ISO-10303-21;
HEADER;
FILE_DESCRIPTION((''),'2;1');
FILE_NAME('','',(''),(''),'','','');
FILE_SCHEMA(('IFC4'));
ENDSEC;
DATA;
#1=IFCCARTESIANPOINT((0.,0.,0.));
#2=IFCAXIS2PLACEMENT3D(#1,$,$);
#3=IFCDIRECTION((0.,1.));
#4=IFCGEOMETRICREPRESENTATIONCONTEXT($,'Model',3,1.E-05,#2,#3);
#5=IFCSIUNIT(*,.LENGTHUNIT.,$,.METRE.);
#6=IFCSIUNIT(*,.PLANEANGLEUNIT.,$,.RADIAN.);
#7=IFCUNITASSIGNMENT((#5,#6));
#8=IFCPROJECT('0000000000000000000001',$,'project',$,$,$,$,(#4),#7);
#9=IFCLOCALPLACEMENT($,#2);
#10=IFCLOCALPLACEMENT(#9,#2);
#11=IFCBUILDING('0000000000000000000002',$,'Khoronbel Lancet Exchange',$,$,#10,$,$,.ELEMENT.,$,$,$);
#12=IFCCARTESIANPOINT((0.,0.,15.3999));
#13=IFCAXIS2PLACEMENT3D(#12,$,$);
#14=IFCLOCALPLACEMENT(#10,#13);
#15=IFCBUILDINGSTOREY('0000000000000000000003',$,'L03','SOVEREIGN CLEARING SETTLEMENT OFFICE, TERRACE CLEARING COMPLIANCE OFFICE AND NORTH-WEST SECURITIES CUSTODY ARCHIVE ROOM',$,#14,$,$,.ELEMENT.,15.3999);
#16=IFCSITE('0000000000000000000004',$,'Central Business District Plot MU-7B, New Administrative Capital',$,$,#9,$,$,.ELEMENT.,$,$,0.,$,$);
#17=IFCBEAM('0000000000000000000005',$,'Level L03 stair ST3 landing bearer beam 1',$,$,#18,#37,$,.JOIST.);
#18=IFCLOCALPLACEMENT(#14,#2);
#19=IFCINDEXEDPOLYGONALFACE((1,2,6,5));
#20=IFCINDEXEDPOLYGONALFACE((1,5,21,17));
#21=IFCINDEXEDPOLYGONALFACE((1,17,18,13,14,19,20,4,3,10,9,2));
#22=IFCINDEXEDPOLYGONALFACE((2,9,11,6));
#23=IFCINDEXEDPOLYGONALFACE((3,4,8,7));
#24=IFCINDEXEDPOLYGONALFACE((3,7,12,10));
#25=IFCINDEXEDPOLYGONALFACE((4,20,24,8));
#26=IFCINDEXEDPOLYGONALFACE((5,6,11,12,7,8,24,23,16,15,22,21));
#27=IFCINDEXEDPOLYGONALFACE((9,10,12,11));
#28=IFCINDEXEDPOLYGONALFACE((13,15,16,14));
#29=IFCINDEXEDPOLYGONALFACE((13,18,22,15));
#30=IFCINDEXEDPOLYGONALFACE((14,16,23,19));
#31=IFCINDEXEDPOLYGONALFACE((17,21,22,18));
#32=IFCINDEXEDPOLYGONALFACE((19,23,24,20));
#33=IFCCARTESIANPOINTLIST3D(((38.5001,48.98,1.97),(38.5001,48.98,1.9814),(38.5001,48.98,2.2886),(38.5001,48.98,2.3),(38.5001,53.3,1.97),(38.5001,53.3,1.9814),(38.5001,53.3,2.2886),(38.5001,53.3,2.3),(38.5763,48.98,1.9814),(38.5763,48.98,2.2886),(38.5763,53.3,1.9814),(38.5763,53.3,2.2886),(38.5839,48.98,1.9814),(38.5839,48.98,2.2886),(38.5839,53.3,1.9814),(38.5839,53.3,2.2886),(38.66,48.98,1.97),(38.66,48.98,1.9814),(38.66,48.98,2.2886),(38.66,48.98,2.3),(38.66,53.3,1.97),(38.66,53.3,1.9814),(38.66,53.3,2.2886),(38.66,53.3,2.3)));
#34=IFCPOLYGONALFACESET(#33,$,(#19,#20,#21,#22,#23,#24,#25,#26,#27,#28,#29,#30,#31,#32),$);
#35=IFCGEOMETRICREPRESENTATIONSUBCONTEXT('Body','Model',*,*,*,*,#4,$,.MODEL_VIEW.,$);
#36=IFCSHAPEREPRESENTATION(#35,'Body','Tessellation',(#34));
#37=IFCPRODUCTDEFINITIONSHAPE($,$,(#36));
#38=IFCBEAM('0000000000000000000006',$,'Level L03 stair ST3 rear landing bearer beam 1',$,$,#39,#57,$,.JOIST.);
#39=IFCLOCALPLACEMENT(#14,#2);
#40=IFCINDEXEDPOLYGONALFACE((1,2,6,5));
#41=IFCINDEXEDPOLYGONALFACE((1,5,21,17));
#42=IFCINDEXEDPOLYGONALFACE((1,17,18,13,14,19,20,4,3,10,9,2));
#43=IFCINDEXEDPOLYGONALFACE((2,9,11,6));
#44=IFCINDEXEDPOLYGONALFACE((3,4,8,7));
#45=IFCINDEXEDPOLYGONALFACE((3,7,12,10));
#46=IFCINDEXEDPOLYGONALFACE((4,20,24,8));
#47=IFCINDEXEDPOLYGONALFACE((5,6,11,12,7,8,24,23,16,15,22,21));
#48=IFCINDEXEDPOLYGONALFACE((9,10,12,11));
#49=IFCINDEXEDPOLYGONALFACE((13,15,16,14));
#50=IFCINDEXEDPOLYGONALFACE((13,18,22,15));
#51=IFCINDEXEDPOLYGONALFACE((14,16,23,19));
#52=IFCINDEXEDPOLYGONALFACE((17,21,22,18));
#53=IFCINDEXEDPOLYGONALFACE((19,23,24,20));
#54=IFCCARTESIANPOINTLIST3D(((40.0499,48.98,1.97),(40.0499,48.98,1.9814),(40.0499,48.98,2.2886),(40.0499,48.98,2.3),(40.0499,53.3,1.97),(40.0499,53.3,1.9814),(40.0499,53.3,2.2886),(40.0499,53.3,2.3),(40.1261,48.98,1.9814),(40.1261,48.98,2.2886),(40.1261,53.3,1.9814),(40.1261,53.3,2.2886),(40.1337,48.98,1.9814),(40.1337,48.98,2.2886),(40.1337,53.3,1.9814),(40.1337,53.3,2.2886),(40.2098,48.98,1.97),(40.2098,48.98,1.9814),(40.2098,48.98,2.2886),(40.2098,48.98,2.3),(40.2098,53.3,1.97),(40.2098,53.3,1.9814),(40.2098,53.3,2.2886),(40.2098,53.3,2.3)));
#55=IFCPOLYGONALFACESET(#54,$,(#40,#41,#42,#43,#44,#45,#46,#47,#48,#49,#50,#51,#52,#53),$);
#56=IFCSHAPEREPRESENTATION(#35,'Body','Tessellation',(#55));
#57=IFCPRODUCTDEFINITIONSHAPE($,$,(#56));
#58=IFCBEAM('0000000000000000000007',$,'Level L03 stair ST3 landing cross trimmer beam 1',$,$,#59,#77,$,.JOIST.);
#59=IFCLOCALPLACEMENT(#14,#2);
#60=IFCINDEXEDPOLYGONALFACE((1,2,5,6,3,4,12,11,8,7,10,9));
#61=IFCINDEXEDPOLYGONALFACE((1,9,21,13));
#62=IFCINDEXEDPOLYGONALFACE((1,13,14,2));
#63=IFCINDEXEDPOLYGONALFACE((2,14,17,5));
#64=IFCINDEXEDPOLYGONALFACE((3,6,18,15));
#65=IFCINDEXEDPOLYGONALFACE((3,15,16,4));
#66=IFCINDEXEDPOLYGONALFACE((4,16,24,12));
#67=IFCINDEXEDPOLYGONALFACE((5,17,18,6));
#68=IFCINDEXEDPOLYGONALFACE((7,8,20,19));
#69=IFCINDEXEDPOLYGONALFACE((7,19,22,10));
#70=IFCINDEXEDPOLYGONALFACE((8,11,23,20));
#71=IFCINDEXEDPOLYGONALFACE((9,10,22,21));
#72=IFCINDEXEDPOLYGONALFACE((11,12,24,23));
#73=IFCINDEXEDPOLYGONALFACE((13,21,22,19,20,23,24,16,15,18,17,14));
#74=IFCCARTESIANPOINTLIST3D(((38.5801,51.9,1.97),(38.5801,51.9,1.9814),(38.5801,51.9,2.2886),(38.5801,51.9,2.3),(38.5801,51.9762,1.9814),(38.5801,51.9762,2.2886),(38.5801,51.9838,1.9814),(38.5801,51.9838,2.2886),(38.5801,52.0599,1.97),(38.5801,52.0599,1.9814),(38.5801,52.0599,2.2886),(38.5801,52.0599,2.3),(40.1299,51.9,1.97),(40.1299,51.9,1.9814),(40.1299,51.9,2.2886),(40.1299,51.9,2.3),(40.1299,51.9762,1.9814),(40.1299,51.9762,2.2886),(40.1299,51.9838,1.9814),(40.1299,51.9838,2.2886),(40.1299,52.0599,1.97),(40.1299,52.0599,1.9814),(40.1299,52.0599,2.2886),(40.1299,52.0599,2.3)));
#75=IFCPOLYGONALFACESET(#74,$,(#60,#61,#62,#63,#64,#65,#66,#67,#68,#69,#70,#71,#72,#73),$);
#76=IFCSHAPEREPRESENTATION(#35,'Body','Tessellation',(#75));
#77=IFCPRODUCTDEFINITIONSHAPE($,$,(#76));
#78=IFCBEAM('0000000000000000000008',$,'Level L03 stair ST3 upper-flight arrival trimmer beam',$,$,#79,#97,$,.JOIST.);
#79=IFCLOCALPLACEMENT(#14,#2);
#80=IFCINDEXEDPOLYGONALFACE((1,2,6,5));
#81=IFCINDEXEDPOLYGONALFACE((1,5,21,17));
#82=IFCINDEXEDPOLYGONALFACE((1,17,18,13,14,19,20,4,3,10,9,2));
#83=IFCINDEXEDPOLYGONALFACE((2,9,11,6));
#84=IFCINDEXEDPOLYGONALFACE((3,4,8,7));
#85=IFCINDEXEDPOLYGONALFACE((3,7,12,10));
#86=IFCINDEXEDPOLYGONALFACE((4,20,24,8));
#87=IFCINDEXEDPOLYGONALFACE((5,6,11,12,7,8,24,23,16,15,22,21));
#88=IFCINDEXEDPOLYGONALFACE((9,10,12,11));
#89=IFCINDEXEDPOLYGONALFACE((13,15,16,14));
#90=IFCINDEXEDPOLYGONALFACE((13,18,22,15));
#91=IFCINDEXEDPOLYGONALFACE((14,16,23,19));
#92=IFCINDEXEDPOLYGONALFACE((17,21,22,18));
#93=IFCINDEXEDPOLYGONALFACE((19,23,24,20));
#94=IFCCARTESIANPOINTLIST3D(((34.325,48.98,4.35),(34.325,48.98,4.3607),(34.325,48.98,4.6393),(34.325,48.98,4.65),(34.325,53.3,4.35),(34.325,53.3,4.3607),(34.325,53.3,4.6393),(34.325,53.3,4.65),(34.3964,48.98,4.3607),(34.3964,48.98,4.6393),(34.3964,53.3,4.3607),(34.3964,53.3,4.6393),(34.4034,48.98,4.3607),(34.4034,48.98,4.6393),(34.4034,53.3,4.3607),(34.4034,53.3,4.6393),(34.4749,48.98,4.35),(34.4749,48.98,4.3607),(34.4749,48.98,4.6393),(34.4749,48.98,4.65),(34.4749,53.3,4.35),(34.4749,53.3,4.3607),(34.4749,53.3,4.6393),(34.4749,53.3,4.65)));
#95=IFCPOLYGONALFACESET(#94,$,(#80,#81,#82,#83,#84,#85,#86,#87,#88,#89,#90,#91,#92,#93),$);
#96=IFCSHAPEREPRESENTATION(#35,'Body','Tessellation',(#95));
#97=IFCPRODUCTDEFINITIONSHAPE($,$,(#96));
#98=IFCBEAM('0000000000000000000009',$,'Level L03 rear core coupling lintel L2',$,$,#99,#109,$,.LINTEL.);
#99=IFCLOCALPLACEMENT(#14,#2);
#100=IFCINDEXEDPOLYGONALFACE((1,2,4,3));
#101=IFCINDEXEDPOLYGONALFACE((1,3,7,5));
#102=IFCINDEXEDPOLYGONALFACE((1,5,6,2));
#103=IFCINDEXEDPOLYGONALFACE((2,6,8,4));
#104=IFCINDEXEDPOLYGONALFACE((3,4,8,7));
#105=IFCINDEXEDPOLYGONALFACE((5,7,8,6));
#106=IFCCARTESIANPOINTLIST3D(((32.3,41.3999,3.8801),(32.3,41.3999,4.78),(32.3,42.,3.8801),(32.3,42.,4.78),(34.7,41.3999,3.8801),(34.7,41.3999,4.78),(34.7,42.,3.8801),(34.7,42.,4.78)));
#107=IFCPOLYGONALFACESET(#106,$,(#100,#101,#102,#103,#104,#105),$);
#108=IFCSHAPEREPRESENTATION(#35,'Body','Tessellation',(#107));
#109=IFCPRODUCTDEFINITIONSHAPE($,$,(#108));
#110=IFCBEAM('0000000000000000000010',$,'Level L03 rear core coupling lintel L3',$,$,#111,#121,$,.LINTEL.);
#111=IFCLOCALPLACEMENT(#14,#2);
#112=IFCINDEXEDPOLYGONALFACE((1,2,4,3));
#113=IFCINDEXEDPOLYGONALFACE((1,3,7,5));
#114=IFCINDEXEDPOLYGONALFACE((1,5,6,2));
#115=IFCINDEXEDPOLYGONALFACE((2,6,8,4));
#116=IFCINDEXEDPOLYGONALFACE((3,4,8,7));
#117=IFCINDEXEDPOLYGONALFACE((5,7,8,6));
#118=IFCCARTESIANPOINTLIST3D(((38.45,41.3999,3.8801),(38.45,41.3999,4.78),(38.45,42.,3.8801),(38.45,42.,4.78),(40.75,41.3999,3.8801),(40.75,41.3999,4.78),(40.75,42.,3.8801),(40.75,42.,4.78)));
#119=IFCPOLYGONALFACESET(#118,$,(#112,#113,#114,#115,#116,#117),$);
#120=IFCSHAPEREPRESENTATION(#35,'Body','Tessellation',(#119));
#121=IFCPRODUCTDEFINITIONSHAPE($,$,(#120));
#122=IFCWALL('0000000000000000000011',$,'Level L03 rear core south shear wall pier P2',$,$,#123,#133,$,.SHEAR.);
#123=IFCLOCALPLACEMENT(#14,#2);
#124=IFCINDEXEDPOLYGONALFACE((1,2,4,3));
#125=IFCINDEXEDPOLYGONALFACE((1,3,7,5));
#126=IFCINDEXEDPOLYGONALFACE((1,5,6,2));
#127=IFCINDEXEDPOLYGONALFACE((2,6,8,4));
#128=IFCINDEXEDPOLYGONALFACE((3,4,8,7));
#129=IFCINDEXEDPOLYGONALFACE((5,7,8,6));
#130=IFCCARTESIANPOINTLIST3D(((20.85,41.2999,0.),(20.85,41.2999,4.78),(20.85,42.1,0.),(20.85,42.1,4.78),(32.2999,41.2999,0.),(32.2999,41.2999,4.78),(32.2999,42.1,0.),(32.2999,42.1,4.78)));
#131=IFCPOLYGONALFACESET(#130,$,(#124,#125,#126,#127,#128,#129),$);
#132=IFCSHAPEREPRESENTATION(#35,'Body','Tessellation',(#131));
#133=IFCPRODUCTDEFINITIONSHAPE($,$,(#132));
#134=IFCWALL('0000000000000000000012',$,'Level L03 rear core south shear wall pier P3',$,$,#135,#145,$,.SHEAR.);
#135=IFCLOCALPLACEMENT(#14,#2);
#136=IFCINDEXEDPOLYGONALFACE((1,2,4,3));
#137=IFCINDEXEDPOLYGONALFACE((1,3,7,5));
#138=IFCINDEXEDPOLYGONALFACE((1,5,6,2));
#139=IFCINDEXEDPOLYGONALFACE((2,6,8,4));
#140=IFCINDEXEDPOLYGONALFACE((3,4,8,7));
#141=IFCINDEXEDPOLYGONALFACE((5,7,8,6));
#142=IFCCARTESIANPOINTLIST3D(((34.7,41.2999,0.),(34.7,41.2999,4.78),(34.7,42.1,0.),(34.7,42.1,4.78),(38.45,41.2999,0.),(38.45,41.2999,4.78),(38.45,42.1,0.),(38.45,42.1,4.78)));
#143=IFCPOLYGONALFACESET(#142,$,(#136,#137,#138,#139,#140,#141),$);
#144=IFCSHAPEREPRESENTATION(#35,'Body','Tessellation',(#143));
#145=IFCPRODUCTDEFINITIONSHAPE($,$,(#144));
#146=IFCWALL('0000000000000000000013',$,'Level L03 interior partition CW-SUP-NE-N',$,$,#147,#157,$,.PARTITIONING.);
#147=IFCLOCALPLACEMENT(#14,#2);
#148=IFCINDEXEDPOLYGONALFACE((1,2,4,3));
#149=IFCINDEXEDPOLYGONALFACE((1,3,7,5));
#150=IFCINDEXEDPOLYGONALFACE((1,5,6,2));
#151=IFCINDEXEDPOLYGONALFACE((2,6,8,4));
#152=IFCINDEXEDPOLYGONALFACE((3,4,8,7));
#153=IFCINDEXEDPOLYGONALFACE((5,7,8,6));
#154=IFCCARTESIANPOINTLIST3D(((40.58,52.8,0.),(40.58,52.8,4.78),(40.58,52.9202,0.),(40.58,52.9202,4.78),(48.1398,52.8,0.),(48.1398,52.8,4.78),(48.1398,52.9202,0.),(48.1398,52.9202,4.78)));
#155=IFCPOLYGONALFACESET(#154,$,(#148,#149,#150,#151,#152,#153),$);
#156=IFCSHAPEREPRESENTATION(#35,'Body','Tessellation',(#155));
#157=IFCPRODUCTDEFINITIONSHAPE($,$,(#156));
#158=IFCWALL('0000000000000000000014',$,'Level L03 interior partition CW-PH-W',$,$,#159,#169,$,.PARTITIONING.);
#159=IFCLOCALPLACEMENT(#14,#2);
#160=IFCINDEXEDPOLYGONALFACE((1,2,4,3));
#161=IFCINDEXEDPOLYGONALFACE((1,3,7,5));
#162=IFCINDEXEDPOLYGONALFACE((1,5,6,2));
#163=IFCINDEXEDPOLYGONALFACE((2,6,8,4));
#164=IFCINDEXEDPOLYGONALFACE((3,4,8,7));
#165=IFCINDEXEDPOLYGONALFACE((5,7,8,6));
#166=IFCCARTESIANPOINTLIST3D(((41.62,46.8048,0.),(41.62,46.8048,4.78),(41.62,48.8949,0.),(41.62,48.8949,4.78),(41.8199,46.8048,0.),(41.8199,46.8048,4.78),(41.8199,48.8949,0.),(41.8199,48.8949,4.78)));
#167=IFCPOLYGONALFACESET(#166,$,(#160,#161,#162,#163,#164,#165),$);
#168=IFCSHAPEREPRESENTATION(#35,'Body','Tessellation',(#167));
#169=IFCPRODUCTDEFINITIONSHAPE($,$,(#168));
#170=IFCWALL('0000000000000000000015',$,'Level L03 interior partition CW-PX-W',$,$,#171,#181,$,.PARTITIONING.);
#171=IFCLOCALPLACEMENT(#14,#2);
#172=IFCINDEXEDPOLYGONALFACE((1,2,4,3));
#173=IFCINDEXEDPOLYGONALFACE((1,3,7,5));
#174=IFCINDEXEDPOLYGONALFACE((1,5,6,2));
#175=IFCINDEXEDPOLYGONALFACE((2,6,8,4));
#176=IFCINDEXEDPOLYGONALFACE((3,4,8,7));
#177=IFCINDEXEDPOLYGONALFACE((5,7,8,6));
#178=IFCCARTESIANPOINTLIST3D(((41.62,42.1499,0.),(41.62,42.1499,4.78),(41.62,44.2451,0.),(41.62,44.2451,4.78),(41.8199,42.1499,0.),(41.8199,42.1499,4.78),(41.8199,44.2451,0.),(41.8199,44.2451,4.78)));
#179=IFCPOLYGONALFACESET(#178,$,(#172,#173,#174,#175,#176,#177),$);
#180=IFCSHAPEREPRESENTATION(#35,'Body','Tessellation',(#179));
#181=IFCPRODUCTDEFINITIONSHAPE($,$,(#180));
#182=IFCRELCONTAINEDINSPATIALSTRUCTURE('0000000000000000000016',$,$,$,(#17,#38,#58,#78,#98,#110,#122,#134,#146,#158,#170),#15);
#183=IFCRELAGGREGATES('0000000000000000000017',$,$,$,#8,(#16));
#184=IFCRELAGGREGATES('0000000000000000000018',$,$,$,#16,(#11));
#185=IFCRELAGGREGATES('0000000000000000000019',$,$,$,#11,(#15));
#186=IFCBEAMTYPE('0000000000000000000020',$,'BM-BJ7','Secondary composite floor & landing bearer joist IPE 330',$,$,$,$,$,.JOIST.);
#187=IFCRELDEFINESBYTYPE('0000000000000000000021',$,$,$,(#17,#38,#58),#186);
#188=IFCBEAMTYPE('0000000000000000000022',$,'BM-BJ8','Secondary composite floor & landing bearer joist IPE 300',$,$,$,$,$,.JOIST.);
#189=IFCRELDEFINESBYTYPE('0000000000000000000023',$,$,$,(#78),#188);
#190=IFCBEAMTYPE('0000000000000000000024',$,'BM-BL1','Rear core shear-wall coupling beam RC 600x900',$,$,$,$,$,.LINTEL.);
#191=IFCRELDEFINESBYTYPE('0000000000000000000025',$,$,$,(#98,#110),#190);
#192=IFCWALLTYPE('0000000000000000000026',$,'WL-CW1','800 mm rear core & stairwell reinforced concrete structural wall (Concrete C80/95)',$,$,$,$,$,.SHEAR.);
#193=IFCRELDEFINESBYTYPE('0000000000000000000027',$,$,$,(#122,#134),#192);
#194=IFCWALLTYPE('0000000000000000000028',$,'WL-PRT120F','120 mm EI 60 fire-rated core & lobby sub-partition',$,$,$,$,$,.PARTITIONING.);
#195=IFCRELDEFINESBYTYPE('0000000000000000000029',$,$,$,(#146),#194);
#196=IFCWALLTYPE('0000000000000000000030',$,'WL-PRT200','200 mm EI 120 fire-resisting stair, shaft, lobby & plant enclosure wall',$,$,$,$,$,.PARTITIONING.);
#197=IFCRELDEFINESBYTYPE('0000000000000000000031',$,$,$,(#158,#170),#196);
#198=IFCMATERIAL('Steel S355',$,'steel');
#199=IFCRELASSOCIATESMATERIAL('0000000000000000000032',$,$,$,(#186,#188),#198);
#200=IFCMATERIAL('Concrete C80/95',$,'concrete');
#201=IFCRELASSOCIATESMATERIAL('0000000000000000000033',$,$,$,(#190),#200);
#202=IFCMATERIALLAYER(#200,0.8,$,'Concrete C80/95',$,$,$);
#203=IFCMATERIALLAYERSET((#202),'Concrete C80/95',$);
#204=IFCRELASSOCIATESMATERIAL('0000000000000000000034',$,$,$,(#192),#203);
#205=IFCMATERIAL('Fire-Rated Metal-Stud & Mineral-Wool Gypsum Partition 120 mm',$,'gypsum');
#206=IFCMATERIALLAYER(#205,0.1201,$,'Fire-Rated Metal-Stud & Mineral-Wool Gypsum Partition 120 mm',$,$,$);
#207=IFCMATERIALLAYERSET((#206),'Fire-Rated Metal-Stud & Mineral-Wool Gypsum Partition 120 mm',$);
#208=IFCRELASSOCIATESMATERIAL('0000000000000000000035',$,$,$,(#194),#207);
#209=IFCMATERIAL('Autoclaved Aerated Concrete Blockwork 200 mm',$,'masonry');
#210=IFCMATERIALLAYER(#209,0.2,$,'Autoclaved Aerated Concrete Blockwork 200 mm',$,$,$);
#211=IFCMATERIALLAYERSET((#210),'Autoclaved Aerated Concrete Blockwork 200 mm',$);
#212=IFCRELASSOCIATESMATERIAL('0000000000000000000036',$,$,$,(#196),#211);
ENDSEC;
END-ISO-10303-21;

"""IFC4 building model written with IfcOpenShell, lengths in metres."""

from ifc_helpers import new_model, si_unit, direction, frame, frame_2d, origin, origin_2d, place, context, subcontext, project, spatial, rectangle, i_section, extrude, material, layer, layer_set, material_profile, profile_set, type_object, element, save


model = new_model("IFC4")

# Units and contexts
model_context = context("Model", 3, precision=1e-05, world=origin(), true_north=direction((0.0, 1.0)))
body_context = subcontext(model_context, "Body", "Model", "MODEL_VIEW")
ifc_project = project(units=[si_unit("LENGTHUNIT", "METRE"), si_unit("PLANEANGLEUNIT", "RADIAN")], contexts=[model_context])

# Site, building, storey
site_placement = place(None, origin())
site = spatial("IfcSite", under=ifc_project, at=site_placement, Name="Central Business District Plot MU-7B, New Administrative Capital", CompositionType="ELEMENT", RefElevation=0.0)
building_placement = place(site_placement, origin())
building = spatial("IfcBuilding", under=site, at=building_placement, Name="Khoronbel Lancet Exchange", CompositionType="ELEMENT")
storey_placement = place(building_placement, frame((0.0, 0.0, 15.3999)))
storey = spatial("IfcBuildingStorey", under=building, at=storey_placement, Name="L03", Description="SOVEREIGN CLEARING SETTLEMENT OFFICE, TERRACE CLEARING COMPLIANCE OFFICE AND NORTH-WEST SECURITIES CUSTODY ARCHIVE ROOM", CompositionType="ELEMENT", Elevation=15.3999)

# Beams
ifc_material_1 = material(Name="Steel S355", Category="steel")
ifc_material_profile_1 = material_profile(ifc_material_1, i_section(OverallWidth=0.1599, OverallDepth=0.3301, WebThickness=0.0076, FlangeThickness=0.0115, at=origin_2d()), Name="IPE 330")
ifc_profile_set_1 = profile_set([ifc_material_profile_1], Name="Steel S355")
beam_type_1 = type_object("IfcBeamType", Name="BM-BJ7", Description="Secondary composite floor & landing bearer joist IPE 330", PredefinedType="JOIST", material=ifc_profile_set_1)
for number, where, z_axis, x_axis, name in (
    (1, (38.5801, 48.98, 2.135), (0.0, 1.0, 0.0), (-1.0, 0.0, 0.0), "Level L03 stair ST3 landing bearer beam 1"),
    (2, (40.1299, 48.98, 2.135), (0.0, 1.0, 0.0), (-1.0, 0.0, 0.0), "Level L03 stair ST3 rear landing bearer beam 1"),
):
    element("IfcBeam", number, at=place(storey_placement, frame(where, z_axis=z_axis, x_axis=x_axis)), inside=storey, type_object=beam_type_1, Name=name, PredefinedType="JOIST", context=body_context, shape_type="SweptSolid", body=[
        extrude(i_section(OverallWidth=0.1599, OverallDepth=0.3301, WebThickness=0.0076, FlangeThickness=0.0115, at=origin_2d()), origin(), (0.0, 0.0, 1.0), 4.3201),
    ])
beam_1_placement = place(storey_placement, frame((38.5801, 51.98, 2.135), z_axis=(1.0, 0.0, 0.0), x_axis=(0.0, 1.0, 0.0)))
element("IfcBeam", 3, at=beam_1_placement, inside=storey, type_object=beam_type_1, Name="Level L03 stair ST3 landing cross trimmer beam 1", PredefinedType="JOIST", context=body_context, shape_type="SweptSolid", body=[
    extrude(i_section(OverallWidth=0.1599, OverallDepth=0.3301, WebThickness=0.0076, FlangeThickness=0.0115, at=origin_2d()), origin(), (0.0, 0.0, 1.0), 1.5498),
])
ifc_material_profile_2 = material_profile(ifc_material_1, i_section(OverallWidth=0.1499, OverallDepth=0.3, WebThickness=0.0071, FlangeThickness=0.0107, at=origin_2d()), Name="IPE 300")
ifc_profile_set_2 = profile_set([ifc_material_profile_2], Name="Steel S355")
beam_type_2 = type_object("IfcBeamType", Name="BM-BJ8", Description="Secondary composite floor & landing bearer joist IPE 300", PredefinedType="JOIST", material=ifc_profile_set_2)
beam_2_placement = place(storey_placement, frame((34.3999, 48.98, 4.5), z_axis=(0.0, 1.0, 0.0), x_axis=(-1.0, 0.0, 0.0)))
element("IfcBeam", 4, at=beam_2_placement, inside=storey, type_object=beam_type_2, Name="Level L03 stair ST3 upper-flight arrival trimmer beam", PredefinedType="JOIST", context=body_context, shape_type="SweptSolid", body=[
    extrude(i_section(OverallWidth=0.1499, OverallDepth=0.3, WebThickness=0.0071, FlangeThickness=0.0107, at=origin_2d()), origin(), (0.0, 0.0, 1.0), 4.3201),
])
ifc_material_2 = material(Name="Concrete C80/95", Category="concrete")
ifc_material_profile_3 = material_profile(ifc_material_2, rectangle(XDim=0.6001, YDim=0.8999, at=origin_2d()), Name="RC 600x900")
ifc_profile_set_3 = profile_set([ifc_material_profile_3], Name="Concrete C80/95")
beam_type_3 = type_object("IfcBeamType", Name="BM-BL1", Description="Rear core shear-wall coupling beam RC 600x900", PredefinedType="LINTEL", material=ifc_profile_set_3)
beam_3_placement = place(storey_placement, frame((32.3, 41.7, 4.3301), z_axis=(1.0, 0.0, 0.0), x_axis=(0.0, 1.0, 0.0)))
element("IfcBeam", 5, at=beam_3_placement, inside=storey, type_object=beam_type_3, Name="Level L03 rear core coupling lintel L2", PredefinedType="LINTEL", context=body_context, shape_type="SweptSolid", body=[
    extrude(rectangle(XDim=0.6001, YDim=0.8999, at=origin_2d()), origin(), (0.0, 0.0, 1.0), 2.3999),
])
beam_4_placement = place(storey_placement, frame((38.45, 41.7, 4.3301), z_axis=(1.0, 0.0, 0.0), x_axis=(0.0, 1.0, 0.0)))
element("IfcBeam", 6, at=beam_4_placement, inside=storey, type_object=beam_type_3, Name="Level L03 rear core coupling lintel L3", PredefinedType="LINTEL", context=body_context, shape_type="SweptSolid", body=[
    extrude(rectangle(XDim=0.6001, YDim=0.8999, at=origin_2d()), origin(), (0.0, 0.0, 1.0), 2.3),
])

# Walls
ifc_layer_1 = layer(ifc_material_2, 0.8, Name="Concrete C80/95")
ifc_layer_set_1 = layer_set([ifc_layer_1], Name="Concrete C80/95")
wall_type_1 = type_object("IfcWallType", Name="WL-CW1", Description="800 mm rear core & stairwell reinforced concrete structural wall (Concrete C80/95)", PredefinedType="SHEAR", material=ifc_layer_set_1)
wall_1_placement = place(storey_placement, frame((32.3, 41.7, 0.0), z_axis=(0.0, 0.0, 1.0), x_axis=(-1.0, 0.0, 0.0)))
element("IfcWall", 7, at=wall_1_placement, inside=storey, type_object=wall_type_1, Name="Level L03 rear core south shear wall pier P2", PredefinedType="SHEAR", context=body_context, shape_type="SweptSolid", body=[
    extrude(rectangle(XDim=11.45, YDim=0.8, at=frame_2d((5.7251, 0.0))), origin(), (0.0, 0.0, 1.0), 4.78),
])
wall_2_placement = place(storey_placement, frame((38.45, 41.7, 0.0), z_axis=(0.0, 0.0, 1.0), x_axis=(-1.0, 0.0, 0.0)))
element("IfcWall", 8, at=wall_2_placement, inside=storey, type_object=wall_type_1, Name="Level L03 rear core south shear wall pier P3", PredefinedType="SHEAR", context=body_context, shape_type="SweptSolid", body=[
    extrude(rectangle(XDim=3.75, YDim=0.8, at=frame_2d((1.875, 0.0))), origin(), (0.0, 0.0, 1.0), 4.78),
])
ifc_material_3 = material(Name="Fire-Rated Metal-Stud & Mineral-Wool Gypsum Partition 120 mm", Category="gypsum")
ifc_layer_2 = layer(ifc_material_3, 0.1201, Name="Fire-Rated Metal-Stud & Mineral-Wool Gypsum Partition 120 mm")
ifc_layer_set_2 = layer_set([ifc_layer_2], Name="Fire-Rated Metal-Stud & Mineral-Wool Gypsum Partition 120 mm")
wall_type_2 = type_object("IfcWallType", Name="WL-PRT120F", Description="120 mm EI 60 fire-rated core & lobby sub-partition", PredefinedType="PARTITIONING", material=ifc_layer_set_2)
wall_3_placement = place(storey_placement, frame((40.5801, 52.8601, 0.0), z_axis=(0.0, 0.0, 1.0), x_axis=(1.0, 0.0, 0.0)))
element("IfcWall", 9, at=wall_3_placement, inside=storey, type_object=wall_type_2, Name="Level L03 interior partition CW-SUP-NE-N", PredefinedType="PARTITIONING", context=body_context, shape_type="SweptSolid", body=[
    extrude(rectangle(XDim=7.5598, YDim=0.1201, at=frame_2d((3.7798, 0.0))), origin(), (0.0, 0.0, 1.0), 4.78),
])
ifc_material_4 = material(Name="Autoclaved Aerated Concrete Blockwork 200 mm", Category="masonry")
ifc_layer_3 = layer(ifc_material_4, 0.2, Name="Autoclaved Aerated Concrete Blockwork 200 mm")
ifc_layer_set_3 = layer_set([ifc_layer_3], Name="Autoclaved Aerated Concrete Blockwork 200 mm")
wall_type_3 = type_object("IfcWallType", Name="WL-PRT200", Description="200 mm EI 120 fire-resisting stair, shaft, lobby & plant enclosure wall", PredefinedType="PARTITIONING", material=ifc_layer_set_3)
wall_4_placement = place(storey_placement, frame((41.72, 46.8049, 0.0), z_axis=(0.0, 0.0, 1.0), x_axis=(0.0, 1.0, 0.0)))
element("IfcWall", 10, at=wall_4_placement, inside=storey, type_object=wall_type_3, Name="Level L03 interior partition CW-PH-W", PredefinedType="PARTITIONING", context=body_context, shape_type="SweptSolid", body=[
    extrude(rectangle(XDim=2.0901, YDim=0.2, at=frame_2d((1.0449, 0.0))), origin(), (0.0, 0.0, 1.0), 4.78),
])
wall_5_placement = place(storey_placement, frame((41.72, 42.1499, 0.0), z_axis=(0.0, 0.0, 1.0), x_axis=(0.0, 1.0, 0.0)))
element("IfcWall", 11, at=wall_5_placement, inside=storey, type_object=wall_type_3, Name="Level L03 interior partition CW-PX-W", PredefinedType="PARTITIONING", context=body_context, shape_type="SweptSolid", body=[
    extrude(rectangle(XDim=2.0952, YDim=0.2, at=frame_2d((1.0476, 0.0))), origin(), (0.0, 0.0, 1.0), 4.78),
])

save(model, "model.ifc")
